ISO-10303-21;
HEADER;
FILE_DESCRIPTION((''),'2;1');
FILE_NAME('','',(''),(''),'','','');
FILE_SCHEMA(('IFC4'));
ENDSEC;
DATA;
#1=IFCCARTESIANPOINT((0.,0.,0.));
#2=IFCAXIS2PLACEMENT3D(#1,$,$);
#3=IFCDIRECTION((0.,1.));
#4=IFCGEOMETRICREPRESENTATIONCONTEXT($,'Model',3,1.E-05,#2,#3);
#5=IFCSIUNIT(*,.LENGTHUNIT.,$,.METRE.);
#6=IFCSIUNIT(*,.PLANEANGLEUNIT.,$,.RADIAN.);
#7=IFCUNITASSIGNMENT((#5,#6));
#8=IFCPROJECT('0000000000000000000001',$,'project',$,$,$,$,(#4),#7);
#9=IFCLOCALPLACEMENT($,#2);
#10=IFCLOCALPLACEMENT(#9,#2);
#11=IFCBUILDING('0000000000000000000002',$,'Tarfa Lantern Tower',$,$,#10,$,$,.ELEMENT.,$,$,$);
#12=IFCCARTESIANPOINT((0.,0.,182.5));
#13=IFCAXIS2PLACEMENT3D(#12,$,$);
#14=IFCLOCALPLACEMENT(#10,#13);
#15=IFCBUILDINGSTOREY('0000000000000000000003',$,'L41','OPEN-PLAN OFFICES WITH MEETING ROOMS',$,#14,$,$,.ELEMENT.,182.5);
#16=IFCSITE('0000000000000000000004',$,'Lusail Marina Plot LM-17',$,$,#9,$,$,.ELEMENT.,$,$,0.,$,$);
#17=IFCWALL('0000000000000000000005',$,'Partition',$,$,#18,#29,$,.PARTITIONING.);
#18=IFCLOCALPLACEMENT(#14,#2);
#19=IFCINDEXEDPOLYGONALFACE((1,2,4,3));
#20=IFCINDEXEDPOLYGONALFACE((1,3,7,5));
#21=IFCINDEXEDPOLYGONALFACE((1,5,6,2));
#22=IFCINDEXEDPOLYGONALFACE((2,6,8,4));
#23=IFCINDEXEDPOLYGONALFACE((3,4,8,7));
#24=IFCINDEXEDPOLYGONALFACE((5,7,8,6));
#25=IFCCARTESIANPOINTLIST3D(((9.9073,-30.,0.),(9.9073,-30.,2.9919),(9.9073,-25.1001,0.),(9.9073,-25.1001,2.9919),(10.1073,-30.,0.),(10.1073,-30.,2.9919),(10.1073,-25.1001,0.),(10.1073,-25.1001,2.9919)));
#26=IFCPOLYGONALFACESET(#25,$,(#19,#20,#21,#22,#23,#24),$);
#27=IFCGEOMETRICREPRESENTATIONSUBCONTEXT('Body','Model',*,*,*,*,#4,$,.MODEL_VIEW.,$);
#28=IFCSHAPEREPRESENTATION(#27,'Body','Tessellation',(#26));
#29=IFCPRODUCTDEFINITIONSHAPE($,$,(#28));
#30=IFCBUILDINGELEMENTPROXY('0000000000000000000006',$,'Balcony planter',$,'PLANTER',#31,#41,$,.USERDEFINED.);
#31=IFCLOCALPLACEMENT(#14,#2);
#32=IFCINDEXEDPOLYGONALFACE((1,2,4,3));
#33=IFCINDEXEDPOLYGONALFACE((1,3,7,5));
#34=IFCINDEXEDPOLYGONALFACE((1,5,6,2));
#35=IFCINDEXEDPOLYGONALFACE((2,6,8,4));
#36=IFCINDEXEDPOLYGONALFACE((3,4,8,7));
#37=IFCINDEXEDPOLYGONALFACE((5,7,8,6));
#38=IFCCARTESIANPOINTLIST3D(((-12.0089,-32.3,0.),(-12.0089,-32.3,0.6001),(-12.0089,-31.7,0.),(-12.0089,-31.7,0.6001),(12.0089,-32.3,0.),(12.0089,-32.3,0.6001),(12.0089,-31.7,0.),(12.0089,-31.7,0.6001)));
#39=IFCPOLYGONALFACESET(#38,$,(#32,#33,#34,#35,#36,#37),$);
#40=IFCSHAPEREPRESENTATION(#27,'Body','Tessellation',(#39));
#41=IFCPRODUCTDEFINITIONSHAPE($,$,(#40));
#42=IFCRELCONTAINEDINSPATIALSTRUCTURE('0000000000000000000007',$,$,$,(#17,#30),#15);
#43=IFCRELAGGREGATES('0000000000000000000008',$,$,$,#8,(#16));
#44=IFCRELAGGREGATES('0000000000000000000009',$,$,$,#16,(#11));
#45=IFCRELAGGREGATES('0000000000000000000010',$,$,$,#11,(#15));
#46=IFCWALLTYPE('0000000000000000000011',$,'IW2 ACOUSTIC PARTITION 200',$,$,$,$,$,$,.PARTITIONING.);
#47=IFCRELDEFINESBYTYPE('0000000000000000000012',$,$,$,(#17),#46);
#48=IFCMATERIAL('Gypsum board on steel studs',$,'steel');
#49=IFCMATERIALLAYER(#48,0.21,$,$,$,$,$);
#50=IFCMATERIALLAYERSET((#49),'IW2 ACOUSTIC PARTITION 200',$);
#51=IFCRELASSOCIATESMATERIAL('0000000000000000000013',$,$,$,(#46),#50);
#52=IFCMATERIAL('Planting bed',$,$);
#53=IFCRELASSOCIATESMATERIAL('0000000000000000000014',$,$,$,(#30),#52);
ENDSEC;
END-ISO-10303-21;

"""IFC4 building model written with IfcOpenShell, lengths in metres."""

from ifc_helpers import new_model, si_unit, direction, frame, frame_2d, origin, origin_2d, place, context, subcontext, project, spatial, rectangle, extrude, material, layer, layer_set, type_object, element, save


model = new_model("IFC4")

# Units and contexts
model_context = context("Model", 3, precision=1e-05, world=origin(), true_north=direction((0.0, 1.0)))
body_context = subcontext(model_context, "Body", "Model", "MODEL_VIEW")
ifc_project = project(units=[si_unit("LENGTHUNIT", "METRE"), si_unit("PLANEANGLEUNIT", "RADIAN")], contexts=[model_context])

# Site, building, storey
site_placement = place(None, origin())
site = spatial("IfcSite", under=ifc_project, at=site_placement, Name="Lusail Marina Plot LM-17", CompositionType="ELEMENT", RefElevation=0.0)
building_placement = place(site_placement, origin())
building = spatial("IfcBuilding", under=site, at=building_placement, Name="Tarfa Lantern Tower", CompositionType="ELEMENT")
storey_placement = place(building_placement, frame((0.0, 0.0, 182.5)))
storey = spatial("IfcBuildingStorey", under=building, at=storey_placement, Name="L41", Description="OPEN-PLAN OFFICES WITH MEETING ROOMS", CompositionType="ELEMENT", Elevation=182.5)

# Wall
ifc_material_1 = material(Name="Gypsum board on steel studs", Category="steel")
ifc_layer_1 = layer(ifc_material_1, 0.21)
ifc_layer_set_1 = layer_set([ifc_layer_1], Name="IW2 ACOUSTIC PARTITION 200")
wall_type_1 = type_object("IfcWallType", Name="IW2 ACOUSTIC PARTITION 200", PredefinedType="PARTITIONING", material=ifc_layer_set_1)
wall_1_placement = place(storey_placement, frame((10.0073, -25.1001, 0.0), z_axis=(0.0, 0.0, 1.0), x_axis=(0.0, -1.0, 0.0)))
element("IfcWall", 1, at=wall_1_placement, inside=storey, type_object=wall_type_1, Name="Partition", PredefinedType="PARTITIONING", context=body_context, shape_type="SweptSolid", body=[
    extrude(rectangle(XDim=4.8999, YDim=0.2, at=frame_2d((2.45, 0.0))), origin(), (0.0, 0.0, 1.0), 2.9919),
])

# Building element proxy
ifc_material_2 = material(Name="Planting bed")
proxy_placement = place(storey_placement, frame((0.0, -32.0, 0.0), z_axis=(0.0, 0.0, 1.0), x_axis=(1.0, 0.0, 0.0)))
element("IfcBuildingElementProxy", 2, at=proxy_placement, inside=storey, material=ifc_material_2, Name="Balcony planter", ObjectType="PLANTER", PredefinedType="USERDEFINED", context=body_context, shape_type="SweptSolid", body=[
    extrude(rectangle(XDim=24.0178, YDim=0.6001, at=origin_2d()), origin(), (0.0, 0.0, 1.0), 0.6001),
])

save(model, "model.ifc")
